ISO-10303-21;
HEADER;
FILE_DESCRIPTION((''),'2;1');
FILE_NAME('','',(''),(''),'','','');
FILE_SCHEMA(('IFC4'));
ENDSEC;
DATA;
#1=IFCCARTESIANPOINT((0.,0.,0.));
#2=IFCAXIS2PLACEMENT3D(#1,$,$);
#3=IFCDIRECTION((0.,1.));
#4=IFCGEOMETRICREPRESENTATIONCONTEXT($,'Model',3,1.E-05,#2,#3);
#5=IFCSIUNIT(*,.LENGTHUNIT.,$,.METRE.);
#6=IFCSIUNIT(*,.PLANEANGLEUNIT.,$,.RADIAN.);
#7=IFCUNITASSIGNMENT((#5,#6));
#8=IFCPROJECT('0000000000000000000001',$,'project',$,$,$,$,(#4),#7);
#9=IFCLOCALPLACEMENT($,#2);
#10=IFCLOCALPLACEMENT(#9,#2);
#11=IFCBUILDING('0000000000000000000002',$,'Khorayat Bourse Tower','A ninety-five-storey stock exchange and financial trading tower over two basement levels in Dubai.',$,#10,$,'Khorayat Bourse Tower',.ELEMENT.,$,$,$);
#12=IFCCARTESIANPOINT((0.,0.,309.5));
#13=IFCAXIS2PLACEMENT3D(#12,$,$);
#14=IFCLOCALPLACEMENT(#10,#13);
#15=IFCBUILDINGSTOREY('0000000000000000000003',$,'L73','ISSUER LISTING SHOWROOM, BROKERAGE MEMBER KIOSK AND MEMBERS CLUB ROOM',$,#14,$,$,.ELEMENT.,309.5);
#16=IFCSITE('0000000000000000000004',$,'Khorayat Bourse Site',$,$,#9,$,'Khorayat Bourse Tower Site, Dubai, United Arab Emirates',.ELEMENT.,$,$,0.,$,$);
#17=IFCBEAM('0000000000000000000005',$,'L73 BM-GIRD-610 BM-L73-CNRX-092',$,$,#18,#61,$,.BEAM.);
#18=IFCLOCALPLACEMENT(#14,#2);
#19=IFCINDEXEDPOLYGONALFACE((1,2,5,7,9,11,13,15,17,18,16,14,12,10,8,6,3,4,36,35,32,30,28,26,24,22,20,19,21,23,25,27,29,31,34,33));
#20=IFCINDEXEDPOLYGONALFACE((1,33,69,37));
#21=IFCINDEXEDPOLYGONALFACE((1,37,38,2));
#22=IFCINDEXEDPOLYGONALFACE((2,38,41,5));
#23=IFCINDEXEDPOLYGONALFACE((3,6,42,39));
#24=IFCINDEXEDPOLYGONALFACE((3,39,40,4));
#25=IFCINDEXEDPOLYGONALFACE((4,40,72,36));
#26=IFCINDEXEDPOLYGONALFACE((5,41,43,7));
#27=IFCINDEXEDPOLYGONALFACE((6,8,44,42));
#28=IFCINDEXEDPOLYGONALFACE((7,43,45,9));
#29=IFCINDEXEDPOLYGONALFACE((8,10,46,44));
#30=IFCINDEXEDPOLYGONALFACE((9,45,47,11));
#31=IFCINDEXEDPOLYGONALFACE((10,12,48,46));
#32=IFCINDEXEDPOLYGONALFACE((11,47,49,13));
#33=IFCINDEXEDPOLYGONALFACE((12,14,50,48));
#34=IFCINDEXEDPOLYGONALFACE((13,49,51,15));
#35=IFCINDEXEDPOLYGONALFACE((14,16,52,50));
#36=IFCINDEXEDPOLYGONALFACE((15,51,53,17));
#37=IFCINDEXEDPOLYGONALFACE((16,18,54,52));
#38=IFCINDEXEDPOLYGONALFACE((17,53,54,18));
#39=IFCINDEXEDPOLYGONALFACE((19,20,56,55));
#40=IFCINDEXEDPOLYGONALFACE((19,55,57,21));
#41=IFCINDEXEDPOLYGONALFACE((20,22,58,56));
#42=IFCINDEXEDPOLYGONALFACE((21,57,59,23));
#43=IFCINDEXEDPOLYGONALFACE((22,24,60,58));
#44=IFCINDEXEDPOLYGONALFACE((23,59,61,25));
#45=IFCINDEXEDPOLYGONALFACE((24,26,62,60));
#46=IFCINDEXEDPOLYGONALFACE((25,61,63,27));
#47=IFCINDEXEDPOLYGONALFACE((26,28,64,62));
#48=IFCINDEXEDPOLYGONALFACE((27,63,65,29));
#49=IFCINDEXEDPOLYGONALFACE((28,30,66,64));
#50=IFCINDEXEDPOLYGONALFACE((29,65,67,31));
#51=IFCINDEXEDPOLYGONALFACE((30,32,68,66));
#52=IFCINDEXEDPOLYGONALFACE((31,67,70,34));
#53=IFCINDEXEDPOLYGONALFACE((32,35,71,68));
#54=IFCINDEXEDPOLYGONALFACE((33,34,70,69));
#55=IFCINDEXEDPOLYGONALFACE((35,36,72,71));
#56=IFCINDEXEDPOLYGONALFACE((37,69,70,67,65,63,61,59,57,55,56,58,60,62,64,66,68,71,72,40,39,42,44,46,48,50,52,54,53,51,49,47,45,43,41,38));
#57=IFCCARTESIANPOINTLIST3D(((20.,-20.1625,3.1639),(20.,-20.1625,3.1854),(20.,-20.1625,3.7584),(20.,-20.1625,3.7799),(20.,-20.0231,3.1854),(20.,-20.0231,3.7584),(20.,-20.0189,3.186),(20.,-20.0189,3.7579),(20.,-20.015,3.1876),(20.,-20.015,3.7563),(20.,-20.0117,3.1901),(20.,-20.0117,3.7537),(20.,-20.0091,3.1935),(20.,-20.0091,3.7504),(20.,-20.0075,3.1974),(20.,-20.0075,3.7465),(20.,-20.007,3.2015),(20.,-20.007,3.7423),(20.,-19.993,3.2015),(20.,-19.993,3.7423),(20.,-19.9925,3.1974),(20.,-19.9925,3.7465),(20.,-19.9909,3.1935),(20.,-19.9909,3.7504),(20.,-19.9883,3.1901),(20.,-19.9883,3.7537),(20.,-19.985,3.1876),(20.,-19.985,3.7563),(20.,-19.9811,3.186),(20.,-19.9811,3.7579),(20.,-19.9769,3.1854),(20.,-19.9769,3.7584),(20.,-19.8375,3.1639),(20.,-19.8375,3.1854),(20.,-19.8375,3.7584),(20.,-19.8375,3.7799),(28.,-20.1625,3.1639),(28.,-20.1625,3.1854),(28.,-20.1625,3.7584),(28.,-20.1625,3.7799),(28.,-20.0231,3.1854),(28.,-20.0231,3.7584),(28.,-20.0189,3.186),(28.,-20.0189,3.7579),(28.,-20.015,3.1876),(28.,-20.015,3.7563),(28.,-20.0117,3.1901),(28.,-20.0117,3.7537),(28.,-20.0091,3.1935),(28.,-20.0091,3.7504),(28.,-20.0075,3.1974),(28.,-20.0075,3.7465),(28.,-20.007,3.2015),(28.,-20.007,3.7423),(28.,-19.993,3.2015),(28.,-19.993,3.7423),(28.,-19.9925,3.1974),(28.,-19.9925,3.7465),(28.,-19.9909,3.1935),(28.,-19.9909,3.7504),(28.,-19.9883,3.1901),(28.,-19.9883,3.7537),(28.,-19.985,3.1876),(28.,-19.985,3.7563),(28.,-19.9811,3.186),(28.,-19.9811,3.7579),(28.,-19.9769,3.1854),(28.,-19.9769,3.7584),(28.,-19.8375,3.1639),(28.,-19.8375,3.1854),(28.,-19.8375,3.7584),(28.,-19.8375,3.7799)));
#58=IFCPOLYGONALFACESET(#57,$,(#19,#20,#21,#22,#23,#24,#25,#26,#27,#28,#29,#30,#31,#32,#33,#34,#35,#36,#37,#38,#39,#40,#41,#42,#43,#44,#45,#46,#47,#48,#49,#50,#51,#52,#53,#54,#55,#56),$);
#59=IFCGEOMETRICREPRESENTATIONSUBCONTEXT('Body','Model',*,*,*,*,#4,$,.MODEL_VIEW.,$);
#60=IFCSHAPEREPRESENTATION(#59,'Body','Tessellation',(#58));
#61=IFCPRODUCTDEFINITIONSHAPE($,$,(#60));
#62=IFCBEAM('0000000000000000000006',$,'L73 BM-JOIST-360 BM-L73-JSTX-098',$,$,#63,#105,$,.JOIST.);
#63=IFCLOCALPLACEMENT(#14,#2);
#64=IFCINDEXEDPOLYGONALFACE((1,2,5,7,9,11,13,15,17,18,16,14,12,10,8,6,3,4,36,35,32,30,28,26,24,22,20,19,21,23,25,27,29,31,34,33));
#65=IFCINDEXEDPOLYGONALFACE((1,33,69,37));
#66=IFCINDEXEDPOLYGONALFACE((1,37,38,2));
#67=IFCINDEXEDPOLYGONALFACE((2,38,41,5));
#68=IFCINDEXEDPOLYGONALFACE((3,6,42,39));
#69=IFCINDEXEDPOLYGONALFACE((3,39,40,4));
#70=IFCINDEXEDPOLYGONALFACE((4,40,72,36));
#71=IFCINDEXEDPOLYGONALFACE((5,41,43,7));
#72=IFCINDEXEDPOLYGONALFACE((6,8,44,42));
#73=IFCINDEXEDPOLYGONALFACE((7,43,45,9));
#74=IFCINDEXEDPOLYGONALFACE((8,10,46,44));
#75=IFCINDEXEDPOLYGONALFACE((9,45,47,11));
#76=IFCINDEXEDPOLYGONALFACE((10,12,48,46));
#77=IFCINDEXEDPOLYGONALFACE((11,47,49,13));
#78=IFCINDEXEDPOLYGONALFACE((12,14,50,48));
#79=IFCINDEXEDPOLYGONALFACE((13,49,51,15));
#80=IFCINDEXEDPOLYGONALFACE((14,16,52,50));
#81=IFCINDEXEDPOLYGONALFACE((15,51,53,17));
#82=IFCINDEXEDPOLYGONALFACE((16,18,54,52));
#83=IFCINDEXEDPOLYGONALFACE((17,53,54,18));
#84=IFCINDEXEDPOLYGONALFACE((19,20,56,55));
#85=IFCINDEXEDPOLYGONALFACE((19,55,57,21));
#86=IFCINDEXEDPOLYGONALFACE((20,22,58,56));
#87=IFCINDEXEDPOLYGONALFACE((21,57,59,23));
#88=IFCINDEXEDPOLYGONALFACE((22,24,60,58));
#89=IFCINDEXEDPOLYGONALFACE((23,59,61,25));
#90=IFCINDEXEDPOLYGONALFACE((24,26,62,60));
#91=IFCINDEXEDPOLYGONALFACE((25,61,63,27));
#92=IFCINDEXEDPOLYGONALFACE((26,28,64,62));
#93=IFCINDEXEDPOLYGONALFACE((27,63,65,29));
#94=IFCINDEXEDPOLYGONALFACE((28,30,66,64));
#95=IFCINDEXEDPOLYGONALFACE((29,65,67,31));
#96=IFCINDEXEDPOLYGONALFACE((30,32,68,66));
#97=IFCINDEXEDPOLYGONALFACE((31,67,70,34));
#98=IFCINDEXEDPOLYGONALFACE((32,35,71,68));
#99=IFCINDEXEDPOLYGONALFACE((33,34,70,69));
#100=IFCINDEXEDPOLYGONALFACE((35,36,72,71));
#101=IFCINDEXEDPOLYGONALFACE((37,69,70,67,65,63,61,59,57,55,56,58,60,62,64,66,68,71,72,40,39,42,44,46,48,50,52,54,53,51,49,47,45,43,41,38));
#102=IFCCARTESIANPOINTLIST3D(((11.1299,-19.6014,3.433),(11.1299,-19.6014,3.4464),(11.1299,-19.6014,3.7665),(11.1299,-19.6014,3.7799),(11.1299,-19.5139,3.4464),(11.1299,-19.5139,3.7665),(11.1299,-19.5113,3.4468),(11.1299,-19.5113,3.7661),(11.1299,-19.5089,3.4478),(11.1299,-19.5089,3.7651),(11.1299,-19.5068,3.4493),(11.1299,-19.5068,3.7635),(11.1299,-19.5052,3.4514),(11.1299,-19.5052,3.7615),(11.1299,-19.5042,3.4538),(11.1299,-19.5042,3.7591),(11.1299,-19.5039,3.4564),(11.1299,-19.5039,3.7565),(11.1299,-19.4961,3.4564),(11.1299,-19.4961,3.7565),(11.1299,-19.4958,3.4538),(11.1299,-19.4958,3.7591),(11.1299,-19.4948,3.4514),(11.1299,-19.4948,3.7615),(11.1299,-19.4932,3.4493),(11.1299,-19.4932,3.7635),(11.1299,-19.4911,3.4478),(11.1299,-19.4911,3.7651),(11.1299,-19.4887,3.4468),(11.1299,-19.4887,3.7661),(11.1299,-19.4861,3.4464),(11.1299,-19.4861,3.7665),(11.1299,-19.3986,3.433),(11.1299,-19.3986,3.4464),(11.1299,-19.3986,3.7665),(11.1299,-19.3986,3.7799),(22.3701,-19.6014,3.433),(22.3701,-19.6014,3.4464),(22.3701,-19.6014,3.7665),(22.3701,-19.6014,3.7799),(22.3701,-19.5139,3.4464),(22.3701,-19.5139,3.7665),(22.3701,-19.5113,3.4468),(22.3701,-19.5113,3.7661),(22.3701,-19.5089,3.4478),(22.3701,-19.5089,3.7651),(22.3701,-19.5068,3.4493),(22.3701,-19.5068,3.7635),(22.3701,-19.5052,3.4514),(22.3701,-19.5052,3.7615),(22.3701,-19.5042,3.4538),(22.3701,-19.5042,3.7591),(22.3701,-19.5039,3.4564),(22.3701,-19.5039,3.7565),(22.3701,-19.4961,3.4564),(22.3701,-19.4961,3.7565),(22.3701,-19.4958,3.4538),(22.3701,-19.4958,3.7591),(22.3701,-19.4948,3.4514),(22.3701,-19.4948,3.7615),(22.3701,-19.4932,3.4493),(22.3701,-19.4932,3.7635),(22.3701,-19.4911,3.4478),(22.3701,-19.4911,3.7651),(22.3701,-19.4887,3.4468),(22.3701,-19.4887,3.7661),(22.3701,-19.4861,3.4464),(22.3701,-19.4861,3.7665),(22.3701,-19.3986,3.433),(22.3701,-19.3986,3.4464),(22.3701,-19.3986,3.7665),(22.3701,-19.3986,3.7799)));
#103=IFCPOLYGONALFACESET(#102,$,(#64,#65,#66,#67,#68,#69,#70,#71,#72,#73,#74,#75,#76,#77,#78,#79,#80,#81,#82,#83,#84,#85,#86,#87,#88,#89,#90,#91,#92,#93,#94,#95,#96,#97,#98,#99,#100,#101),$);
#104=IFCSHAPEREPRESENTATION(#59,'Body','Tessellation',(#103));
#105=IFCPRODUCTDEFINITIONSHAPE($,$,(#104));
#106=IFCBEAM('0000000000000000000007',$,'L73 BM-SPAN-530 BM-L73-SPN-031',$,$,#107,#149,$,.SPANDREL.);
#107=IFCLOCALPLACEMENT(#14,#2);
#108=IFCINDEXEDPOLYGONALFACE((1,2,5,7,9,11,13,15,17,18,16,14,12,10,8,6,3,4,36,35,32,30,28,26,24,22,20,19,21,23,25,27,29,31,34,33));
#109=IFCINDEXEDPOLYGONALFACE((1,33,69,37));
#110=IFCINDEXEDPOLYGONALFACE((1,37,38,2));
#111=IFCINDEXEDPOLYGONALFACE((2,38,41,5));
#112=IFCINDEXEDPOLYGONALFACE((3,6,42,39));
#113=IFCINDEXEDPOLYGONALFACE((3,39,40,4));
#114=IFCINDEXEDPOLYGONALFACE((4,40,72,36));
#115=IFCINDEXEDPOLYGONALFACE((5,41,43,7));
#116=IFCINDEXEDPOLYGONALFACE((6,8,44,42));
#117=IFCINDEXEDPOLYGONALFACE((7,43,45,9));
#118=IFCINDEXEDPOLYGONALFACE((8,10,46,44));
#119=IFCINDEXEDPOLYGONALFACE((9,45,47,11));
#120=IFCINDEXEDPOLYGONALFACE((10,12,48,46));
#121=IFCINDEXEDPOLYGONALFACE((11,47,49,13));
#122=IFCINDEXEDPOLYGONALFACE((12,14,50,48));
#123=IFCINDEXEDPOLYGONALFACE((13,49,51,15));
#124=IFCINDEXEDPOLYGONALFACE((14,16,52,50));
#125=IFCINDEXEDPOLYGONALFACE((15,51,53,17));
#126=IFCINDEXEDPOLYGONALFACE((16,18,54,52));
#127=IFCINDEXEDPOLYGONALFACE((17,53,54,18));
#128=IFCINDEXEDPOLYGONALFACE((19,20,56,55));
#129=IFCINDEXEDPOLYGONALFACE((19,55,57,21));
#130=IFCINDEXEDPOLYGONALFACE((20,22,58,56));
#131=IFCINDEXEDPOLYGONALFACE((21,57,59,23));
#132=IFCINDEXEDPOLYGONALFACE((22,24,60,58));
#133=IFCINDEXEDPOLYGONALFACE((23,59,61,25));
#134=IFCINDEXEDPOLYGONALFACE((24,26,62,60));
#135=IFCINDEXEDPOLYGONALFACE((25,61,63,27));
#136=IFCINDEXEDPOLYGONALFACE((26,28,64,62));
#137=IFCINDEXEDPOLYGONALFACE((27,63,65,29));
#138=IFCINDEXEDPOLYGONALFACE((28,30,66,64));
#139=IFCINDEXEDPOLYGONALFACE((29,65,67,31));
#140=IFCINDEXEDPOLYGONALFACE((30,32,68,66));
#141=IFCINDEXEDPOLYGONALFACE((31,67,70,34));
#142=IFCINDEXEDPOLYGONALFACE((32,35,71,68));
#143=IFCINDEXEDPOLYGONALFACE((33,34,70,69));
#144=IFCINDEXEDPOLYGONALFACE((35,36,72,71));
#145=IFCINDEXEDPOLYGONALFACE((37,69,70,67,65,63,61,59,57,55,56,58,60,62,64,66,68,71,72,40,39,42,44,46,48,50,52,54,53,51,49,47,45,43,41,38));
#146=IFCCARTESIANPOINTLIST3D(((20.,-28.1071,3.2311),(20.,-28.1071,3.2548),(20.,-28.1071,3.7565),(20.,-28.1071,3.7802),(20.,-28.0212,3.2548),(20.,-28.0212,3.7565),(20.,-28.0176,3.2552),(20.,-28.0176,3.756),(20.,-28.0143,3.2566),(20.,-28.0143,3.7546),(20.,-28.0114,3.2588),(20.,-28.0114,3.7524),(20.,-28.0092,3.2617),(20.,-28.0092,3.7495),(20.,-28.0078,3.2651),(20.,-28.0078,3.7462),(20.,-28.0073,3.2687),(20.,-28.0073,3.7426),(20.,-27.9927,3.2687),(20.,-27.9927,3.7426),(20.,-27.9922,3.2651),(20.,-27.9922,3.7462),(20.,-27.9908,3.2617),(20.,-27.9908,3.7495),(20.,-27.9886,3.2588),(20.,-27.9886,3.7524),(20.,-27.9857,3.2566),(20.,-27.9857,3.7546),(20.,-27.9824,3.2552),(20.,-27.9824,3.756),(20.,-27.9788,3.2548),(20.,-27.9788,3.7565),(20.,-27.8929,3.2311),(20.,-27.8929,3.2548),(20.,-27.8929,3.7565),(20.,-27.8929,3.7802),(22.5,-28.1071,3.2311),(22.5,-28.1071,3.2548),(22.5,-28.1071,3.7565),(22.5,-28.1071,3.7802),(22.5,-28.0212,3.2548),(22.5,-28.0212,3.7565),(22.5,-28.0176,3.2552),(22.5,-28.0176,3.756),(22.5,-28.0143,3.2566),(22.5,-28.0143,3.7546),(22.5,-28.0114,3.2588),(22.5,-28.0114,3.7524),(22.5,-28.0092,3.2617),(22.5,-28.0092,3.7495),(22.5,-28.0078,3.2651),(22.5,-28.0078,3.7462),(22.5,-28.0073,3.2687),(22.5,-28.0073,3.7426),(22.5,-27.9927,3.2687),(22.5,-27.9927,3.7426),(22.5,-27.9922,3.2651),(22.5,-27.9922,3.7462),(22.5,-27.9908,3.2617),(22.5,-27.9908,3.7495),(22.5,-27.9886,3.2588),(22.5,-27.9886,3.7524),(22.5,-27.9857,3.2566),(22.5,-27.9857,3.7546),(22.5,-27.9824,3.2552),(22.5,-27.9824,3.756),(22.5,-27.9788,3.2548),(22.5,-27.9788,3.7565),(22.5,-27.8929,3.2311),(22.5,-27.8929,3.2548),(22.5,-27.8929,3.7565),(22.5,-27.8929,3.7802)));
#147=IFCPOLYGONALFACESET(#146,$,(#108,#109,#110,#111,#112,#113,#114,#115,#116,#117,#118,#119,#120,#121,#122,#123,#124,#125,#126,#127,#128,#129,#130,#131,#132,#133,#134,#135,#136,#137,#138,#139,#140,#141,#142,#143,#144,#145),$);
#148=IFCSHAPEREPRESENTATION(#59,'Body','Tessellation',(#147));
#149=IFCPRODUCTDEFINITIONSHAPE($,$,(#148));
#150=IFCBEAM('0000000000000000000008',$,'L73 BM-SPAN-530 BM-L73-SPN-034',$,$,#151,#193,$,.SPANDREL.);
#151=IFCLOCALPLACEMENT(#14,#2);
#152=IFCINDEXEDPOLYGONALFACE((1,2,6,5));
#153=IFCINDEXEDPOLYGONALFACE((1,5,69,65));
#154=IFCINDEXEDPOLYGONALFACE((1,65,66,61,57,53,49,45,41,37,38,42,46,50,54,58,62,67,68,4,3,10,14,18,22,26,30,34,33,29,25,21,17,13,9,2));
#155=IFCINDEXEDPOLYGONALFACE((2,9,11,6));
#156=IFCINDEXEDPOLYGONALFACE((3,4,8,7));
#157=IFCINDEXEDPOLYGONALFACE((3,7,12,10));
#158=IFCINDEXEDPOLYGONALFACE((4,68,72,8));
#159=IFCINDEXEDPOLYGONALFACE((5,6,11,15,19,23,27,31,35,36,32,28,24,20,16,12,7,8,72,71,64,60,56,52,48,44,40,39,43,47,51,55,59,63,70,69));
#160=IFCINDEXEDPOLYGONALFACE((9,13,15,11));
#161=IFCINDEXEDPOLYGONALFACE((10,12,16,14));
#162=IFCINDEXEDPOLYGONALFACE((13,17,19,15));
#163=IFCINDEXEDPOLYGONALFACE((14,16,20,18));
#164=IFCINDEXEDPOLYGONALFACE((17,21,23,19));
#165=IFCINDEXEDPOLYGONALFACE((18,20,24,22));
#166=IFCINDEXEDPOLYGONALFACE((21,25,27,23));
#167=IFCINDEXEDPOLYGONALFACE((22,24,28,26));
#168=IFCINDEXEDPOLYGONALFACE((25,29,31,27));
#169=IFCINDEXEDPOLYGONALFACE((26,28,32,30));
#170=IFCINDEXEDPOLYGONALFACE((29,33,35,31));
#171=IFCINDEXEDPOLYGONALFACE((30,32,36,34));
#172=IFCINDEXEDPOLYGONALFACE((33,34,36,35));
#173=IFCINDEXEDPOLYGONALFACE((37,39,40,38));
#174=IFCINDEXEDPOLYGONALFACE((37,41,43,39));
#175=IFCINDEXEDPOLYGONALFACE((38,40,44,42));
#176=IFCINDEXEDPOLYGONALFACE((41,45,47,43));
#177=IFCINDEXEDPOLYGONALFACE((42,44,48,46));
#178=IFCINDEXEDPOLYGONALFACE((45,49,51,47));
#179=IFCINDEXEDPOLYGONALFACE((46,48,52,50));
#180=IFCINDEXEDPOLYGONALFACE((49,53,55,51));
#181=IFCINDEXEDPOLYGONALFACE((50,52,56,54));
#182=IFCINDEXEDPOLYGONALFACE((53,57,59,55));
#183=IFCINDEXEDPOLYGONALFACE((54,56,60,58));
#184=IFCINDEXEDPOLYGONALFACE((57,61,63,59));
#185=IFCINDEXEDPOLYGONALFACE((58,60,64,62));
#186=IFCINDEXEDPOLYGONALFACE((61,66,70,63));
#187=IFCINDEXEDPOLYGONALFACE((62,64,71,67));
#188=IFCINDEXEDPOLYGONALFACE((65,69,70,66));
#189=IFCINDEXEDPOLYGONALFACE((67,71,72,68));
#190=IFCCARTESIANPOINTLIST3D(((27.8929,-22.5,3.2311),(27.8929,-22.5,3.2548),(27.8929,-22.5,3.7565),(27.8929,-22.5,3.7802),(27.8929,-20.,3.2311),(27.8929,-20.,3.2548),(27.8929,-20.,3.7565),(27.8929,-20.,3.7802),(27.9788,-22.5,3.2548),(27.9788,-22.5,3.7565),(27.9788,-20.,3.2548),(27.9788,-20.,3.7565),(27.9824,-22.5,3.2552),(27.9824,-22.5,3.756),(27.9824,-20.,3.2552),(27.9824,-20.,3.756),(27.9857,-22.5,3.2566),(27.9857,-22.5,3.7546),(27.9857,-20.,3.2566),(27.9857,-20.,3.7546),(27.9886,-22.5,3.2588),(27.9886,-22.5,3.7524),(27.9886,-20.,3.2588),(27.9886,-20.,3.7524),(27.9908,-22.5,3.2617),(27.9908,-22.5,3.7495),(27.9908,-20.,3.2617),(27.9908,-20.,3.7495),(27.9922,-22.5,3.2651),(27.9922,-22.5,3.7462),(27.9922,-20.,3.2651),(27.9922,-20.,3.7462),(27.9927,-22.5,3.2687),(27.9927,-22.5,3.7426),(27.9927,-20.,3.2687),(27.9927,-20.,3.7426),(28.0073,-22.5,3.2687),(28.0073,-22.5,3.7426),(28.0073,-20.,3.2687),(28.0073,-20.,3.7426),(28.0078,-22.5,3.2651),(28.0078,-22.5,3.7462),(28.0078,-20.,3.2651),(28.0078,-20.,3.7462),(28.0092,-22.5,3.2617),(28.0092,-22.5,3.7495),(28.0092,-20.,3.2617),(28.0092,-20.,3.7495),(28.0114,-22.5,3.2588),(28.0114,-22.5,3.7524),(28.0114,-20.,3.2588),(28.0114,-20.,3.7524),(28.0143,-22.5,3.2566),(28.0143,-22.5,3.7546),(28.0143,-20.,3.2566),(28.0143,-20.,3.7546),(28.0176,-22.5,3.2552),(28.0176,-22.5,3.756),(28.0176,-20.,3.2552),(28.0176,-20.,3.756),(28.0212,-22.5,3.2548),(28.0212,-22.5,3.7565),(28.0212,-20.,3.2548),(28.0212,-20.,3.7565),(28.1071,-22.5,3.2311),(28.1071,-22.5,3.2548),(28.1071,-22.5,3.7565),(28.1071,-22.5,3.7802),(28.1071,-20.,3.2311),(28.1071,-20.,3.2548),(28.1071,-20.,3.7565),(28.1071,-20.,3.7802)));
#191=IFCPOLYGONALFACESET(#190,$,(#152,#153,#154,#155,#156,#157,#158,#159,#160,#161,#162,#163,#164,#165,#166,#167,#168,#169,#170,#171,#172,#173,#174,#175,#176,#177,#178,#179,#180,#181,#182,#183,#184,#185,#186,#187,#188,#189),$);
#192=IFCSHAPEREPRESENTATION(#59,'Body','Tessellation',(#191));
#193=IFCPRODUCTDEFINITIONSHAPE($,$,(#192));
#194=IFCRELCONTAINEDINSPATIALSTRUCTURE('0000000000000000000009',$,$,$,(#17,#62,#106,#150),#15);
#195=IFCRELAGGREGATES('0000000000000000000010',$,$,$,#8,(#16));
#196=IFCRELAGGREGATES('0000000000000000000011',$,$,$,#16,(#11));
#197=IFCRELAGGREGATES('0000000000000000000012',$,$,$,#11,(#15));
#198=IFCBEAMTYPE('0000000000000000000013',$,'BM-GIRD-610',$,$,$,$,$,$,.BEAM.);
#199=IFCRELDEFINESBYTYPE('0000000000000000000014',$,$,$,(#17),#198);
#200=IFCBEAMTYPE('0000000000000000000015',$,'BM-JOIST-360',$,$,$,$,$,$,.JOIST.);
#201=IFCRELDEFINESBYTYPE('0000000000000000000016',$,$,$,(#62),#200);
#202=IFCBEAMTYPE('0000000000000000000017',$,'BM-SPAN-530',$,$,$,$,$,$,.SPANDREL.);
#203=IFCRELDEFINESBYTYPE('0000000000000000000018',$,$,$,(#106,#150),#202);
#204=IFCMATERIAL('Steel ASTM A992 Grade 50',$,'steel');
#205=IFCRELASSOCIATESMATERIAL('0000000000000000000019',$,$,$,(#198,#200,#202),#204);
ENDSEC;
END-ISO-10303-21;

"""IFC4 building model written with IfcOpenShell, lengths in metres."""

from ifc_helpers import new_model, si_unit, direction, frame, origin, origin_2d, place, context, subcontext, project, spatial, i_section, extrude, source, transform, mapped, material, material_profile, profile_set, type_object, element, save


model = new_model("IFC4")

# Units and contexts
model_context = context("Model", 3, precision=1e-05, world=origin(), true_north=direction((0.0, 1.0)))
body_context = subcontext(model_context, "Body", "Model", "MODEL_VIEW")
ifc_project = project(units=[si_unit("LENGTHUNIT", "METRE"), si_unit("PLANEANGLEUNIT", "RADIAN")], contexts=[model_context])

# Site, building, storey
site_placement = place(None, origin())
site = spatial("IfcSite", under=ifc_project, at=site_placement, Name="Khorayat Bourse Site", LongName="Khorayat Bourse Tower Site, Dubai, United Arab Emirates", CompositionType="ELEMENT", RefElevation=0.0)
building_placement = place(site_placement, origin())
building = spatial("IfcBuilding", under=site, at=building_placement, Name="Khorayat Bourse Tower", Description="A ninety-five-storey stock exchange and financial trading tower over two basement levels in Dubai.", LongName="Khorayat Bourse Tower", CompositionType="ELEMENT")
storey_placement = place(building_placement, frame((0.0, 0.0, 309.5)))
storey = spatial("IfcBuildingStorey", under=building, at=storey_placement, Name="L73", Description="ISSUER LISTING SHOWROOM, BROKERAGE MEMBER KIOSK AND MEMBERS CLUB ROOM", CompositionType="ELEMENT", Elevation=309.5)

# Beams
ifc_material_1 = material(Name="Steel ASTM A992 Grade 50", Category="steel")
ifc_material_profile_1 = material_profile(ifc_material_1, i_section(OverallWidth=0.325, OverallDepth=0.616, WebThickness=0.0139, FlangeThickness=0.0215, FilletRadius=0.0161, at=origin_2d()), Name="W610X174")
ifc_profile_set_1 = profile_set([ifc_material_profile_1], Name="Steel ASTM A992 Grade 50")
beam_type_1 = type_object("IfcBeamType", Name="BM-GIRD-610", PredefinedType="BEAM", material=ifc_profile_set_1)
shared_shape_1 = source(origin(), body_context, "Body", "SweptSolid", [
    extrude(i_section(OverallWidth=0.325, OverallDepth=0.616, WebThickness=0.0139, FlangeThickness=0.0215, FilletRadius=0.0161, at=origin_2d()), origin(), (0.0, 0.0, 1.0), 8.0),
])
beam_1_placement = place(storey_placement, frame((20.0, -20.0, 3.4719), z_axis=(1.0, 0.0, 0.0), x_axis=(0.0, 1.0, 0.0)))
element("IfcBeam", 1, at=beam_1_placement, inside=storey, type_object=beam_type_1, Name="L73 BM-GIRD-610 BM-L73-CNRX-092", PredefinedType="BEAM", context=body_context, shape_type="MappedRepresentation", body=[
    mapped(shared_shape_1, transform((0.0, 0.0, 0.0), scale=1.0)),
])
ifc_material_profile_2 = material_profile(ifc_material_1, i_section(OverallWidth=0.2029, OverallDepth=0.3469, WebThickness=0.0078, FlangeThickness=0.0134, FilletRadius=0.01, at=origin_2d()), Name="W360X64")
ifc_profile_set_2 = profile_set([ifc_material_profile_2], Name="Steel ASTM A992 Grade 50")
beam_type_2 = type_object("IfcBeamType", Name="BM-JOIST-360", PredefinedType="JOIST", material=ifc_profile_set_2)
shared_shape_2 = source(origin(), body_context, "Body", "SweptSolid", [
    extrude(i_section(OverallWidth=0.2029, OverallDepth=0.3469, WebThickness=0.0078, FlangeThickness=0.0134, FilletRadius=0.01, at=origin_2d()), origin(), (0.0, 0.0, 1.0), 11.2402),
])
beam_2_placement = place(storey_placement, frame((11.1299, -19.5, 3.6064), z_axis=(1.0, 0.0, 0.0), x_axis=(0.0, 1.0, 0.0)))
element("IfcBeam", 2, at=beam_2_placement, inside=storey, type_object=beam_type_2, Name="L73 BM-JOIST-360 BM-L73-JSTX-098", PredefinedType="JOIST", context=body_context, shape_type="MappedRepresentation", body=[
    mapped(shared_shape_2, transform((0.0, 0.0, 0.0), scale=1.0)),
])
ifc_material_profile_3 = material_profile(ifc_material_1, i_section(OverallWidth=0.2141, OverallDepth=0.5491, WebThickness=0.0146, FlangeThickness=0.0237, FilletRadius=0.0139, at=origin_2d()), Name="W530X138")
ifc_profile_set_3 = profile_set([ifc_material_profile_3], Name="Steel ASTM A992 Grade 50")
beam_type_3 = type_object("IfcBeamType", Name="BM-SPAN-530", PredefinedType="SPANDREL", material=ifc_profile_set_3)
shared_shape_3 = source(origin(), body_context, "Body", "SweptSolid", [
    extrude(i_section(OverallWidth=0.2141, OverallDepth=0.5491, WebThickness=0.0146, FlangeThickness=0.0237, FilletRadius=0.0139, at=origin_2d()), origin(), (0.0, 0.0, 1.0), 2.5),
])
for number, where, z_axis, x_axis, name in (
    (3, (20.0, -28.0, 3.5056), (1.0, 0.0, 0.0), (0.0, 1.0, 0.0), "L73 BM-SPAN-530 BM-L73-SPN-031"),
    (4, (28.0, -22.5, 3.5056), (0.0, 1.0, 0.0), (-1.0, 0.0, 0.0), "L73 BM-SPAN-530 BM-L73-SPN-034"),
):
    element("IfcBeam", number, at=place(storey_placement, frame(where, z_axis=z_axis, x_axis=x_axis)), inside=storey, type_object=beam_type_3, Name=name, PredefinedType="SPANDREL", context=body_context, shape_type="MappedRepresentation", body=[
        mapped(shared_shape_3, transform((0.0, 0.0, 0.0), scale=1.0)),
    ])

save(model, "model.ifc")
